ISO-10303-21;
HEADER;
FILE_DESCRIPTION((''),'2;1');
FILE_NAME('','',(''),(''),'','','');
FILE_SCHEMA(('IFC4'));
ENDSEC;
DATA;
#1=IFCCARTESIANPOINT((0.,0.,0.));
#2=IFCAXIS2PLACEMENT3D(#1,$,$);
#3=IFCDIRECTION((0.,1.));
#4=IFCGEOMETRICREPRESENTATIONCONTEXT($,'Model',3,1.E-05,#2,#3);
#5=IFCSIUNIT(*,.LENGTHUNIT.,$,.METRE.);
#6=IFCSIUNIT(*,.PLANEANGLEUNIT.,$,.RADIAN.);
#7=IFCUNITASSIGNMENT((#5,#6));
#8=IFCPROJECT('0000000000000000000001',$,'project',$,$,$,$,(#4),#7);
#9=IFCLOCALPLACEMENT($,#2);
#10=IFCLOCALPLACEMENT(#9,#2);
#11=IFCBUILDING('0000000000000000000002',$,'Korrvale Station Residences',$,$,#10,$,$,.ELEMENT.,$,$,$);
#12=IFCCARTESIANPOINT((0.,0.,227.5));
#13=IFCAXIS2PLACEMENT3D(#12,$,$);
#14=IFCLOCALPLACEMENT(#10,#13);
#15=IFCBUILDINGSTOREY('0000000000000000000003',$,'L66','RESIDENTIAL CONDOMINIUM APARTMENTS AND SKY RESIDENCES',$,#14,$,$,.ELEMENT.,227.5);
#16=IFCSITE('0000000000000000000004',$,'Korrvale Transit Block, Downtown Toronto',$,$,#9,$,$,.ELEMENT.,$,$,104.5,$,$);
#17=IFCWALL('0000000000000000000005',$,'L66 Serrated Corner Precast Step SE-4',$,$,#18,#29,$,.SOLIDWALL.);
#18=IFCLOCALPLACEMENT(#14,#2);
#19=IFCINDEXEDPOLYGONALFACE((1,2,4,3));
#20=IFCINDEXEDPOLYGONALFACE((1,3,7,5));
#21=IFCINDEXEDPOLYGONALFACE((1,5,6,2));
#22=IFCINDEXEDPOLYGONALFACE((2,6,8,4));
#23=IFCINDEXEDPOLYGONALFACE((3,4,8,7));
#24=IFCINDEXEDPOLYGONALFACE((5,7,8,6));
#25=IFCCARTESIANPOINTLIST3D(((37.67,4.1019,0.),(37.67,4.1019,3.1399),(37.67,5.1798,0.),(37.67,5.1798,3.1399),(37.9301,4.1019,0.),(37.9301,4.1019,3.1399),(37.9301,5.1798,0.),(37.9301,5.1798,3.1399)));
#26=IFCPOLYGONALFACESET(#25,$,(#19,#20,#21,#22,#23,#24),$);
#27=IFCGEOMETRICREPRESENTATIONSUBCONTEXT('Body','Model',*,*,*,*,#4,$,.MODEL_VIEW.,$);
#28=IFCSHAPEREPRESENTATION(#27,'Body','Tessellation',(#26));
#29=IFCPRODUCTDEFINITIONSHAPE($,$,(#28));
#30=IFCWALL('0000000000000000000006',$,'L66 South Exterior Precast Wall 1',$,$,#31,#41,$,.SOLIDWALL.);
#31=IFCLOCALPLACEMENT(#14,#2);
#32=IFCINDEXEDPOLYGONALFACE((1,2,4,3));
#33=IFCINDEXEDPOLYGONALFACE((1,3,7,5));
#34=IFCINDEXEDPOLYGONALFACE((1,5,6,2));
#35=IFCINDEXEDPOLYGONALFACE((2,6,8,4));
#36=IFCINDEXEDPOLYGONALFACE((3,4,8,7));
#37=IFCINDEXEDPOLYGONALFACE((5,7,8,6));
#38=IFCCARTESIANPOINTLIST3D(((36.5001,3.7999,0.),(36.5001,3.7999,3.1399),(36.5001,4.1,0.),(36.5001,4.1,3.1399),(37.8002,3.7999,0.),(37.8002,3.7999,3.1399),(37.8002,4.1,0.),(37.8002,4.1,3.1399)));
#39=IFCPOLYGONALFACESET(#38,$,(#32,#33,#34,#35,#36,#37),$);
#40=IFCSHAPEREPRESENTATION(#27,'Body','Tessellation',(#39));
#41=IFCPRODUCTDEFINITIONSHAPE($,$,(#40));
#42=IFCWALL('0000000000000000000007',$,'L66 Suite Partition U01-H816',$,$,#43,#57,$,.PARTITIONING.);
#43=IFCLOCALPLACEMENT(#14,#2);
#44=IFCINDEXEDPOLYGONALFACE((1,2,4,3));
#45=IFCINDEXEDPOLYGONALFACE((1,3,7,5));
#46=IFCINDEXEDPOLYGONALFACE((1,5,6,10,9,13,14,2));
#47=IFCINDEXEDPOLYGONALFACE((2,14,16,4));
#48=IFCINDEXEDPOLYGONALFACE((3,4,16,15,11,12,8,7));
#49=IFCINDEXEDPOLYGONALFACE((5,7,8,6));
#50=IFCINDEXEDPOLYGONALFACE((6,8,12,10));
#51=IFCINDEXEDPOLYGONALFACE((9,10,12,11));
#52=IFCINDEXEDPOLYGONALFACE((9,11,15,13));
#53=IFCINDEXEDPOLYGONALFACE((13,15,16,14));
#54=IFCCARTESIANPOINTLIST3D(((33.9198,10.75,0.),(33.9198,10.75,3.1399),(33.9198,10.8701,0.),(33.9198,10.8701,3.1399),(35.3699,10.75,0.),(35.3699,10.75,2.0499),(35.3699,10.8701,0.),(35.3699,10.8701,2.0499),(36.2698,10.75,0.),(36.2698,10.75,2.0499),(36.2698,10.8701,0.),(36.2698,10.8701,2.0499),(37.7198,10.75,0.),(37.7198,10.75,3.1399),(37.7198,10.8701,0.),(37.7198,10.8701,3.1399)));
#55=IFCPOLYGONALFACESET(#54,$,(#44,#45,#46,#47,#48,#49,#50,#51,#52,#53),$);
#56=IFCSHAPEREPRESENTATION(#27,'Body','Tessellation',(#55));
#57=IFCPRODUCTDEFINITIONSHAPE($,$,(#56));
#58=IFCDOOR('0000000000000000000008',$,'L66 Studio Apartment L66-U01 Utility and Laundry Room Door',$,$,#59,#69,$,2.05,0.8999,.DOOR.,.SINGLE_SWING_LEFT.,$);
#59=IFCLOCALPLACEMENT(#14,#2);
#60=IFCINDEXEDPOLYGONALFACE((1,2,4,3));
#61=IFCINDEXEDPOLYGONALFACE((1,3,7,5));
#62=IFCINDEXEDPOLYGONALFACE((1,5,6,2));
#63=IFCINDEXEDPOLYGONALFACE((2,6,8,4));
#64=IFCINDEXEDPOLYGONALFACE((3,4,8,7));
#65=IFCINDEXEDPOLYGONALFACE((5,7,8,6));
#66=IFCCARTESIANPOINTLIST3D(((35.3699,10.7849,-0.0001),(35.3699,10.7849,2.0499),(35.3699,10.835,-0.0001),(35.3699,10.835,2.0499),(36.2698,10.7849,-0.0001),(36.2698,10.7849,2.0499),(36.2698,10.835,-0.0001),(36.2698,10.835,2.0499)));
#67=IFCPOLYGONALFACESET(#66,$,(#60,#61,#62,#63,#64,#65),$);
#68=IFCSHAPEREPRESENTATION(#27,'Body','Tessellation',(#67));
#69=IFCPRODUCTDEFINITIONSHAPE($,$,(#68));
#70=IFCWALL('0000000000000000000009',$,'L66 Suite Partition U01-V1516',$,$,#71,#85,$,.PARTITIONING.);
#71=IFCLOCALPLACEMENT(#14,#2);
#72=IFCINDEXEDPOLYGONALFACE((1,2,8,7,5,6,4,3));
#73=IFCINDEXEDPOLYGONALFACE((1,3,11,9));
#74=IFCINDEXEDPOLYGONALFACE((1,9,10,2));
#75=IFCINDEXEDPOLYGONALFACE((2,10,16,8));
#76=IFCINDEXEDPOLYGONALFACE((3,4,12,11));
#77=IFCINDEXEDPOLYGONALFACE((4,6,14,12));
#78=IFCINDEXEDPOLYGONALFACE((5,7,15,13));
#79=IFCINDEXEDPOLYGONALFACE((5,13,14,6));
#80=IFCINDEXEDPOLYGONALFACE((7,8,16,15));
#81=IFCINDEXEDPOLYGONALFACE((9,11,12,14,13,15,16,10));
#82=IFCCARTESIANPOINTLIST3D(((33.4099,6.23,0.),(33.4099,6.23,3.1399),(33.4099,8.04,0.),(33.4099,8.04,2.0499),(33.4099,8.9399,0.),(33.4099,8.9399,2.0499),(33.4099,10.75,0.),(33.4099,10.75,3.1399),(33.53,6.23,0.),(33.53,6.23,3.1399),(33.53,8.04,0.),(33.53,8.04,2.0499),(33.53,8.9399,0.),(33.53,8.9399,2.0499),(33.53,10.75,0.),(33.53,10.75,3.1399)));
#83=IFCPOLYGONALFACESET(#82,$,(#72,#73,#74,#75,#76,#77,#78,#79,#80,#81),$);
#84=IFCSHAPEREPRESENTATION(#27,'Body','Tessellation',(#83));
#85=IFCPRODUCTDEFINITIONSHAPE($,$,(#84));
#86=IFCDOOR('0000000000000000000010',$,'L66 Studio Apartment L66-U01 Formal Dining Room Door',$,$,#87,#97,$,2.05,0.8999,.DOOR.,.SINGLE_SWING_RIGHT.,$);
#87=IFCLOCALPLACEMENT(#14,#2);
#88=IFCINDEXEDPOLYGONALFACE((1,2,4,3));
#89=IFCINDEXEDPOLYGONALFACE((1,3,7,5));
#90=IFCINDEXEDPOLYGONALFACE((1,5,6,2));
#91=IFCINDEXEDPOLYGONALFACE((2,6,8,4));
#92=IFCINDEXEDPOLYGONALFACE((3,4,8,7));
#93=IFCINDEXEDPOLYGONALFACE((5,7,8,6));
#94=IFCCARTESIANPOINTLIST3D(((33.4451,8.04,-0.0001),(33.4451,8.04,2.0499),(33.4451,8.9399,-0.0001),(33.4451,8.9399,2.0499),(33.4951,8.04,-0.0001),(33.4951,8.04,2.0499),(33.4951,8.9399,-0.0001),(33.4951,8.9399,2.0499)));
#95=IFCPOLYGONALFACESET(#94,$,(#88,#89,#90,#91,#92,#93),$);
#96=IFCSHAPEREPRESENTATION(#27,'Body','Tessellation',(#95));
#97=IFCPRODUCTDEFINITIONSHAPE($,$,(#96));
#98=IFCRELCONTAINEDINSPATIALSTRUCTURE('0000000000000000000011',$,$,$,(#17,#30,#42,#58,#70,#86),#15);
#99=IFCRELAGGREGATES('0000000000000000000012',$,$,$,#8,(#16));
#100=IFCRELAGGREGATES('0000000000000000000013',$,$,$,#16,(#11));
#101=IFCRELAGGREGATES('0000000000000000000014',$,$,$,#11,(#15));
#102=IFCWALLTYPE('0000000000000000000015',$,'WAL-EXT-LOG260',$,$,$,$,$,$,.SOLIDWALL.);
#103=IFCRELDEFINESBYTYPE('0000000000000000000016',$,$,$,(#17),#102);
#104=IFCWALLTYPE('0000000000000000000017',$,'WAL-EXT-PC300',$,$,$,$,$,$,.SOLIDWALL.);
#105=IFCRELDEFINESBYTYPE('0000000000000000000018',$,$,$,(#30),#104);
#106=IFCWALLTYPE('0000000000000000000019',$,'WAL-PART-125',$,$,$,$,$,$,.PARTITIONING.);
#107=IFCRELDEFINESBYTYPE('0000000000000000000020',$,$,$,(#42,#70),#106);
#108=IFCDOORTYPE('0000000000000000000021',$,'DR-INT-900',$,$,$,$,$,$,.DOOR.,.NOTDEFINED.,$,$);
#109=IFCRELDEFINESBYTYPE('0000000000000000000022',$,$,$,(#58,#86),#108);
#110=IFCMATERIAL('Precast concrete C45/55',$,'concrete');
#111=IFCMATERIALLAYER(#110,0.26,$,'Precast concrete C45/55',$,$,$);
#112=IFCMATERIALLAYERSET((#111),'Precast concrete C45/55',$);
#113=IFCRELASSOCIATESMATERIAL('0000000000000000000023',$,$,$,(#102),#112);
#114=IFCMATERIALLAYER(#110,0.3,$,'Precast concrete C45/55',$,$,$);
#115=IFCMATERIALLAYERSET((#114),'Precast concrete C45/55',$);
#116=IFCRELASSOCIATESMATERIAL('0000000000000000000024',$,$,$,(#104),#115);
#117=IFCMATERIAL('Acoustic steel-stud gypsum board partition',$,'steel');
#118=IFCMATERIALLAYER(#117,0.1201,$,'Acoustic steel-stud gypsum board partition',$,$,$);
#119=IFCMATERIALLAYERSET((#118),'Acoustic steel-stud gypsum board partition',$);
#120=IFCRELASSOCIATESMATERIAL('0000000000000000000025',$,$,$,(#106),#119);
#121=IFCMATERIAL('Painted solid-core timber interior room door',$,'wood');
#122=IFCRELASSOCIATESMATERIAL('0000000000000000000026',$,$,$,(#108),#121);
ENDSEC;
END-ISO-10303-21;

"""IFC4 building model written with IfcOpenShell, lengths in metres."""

from ifc_helpers import new_model, si_unit, direction, frame, frame_2d, origin, place, context, subcontext, project, spatial, rectangle, extrude, material, layer, layer_set, type_object, element, fill, save


model = new_model("IFC4")

# Units and contexts
model_context = context("Model", 3, precision=1e-05, world=origin(), true_north=direction((0.0, 1.0)))
body_context = subcontext(model_context, "Body", "Model", "MODEL_VIEW")
ifc_project = project(units=[si_unit("LENGTHUNIT", "METRE"), si_unit("PLANEANGLEUNIT", "RADIAN")], contexts=[model_context])

# Site, building, storey
site_placement = place(None, origin())
site = spatial("IfcSite", under=ifc_project, at=site_placement, Name="Korrvale Transit Block, Downtown Toronto", CompositionType="ELEMENT", RefElevation=104.5)
building_placement = place(site_placement, origin())
building = spatial("IfcBuilding", under=site, at=building_placement, Name="Korrvale Station Residences", CompositionType="ELEMENT")
storey_placement = place(building_placement, frame((0.0, 0.0, 227.5)))
storey = spatial("IfcBuildingStorey", under=building, at=storey_placement, Name="L66", Description="RESIDENTIAL CONDOMINIUM APARTMENTS AND SKY RESIDENCES", CompositionType="ELEMENT", Elevation=227.5)

# Shared definitions
ifc_material_1 = material(Name="Precast concrete C45/55", Category="concrete")
ifc_layer_1 = layer(ifc_material_1, 0.26, Name="Precast concrete C45/55")
ifc_layer_set_1 = layer_set([ifc_layer_1], Name="Precast concrete C45/55")
wall_type_1 = type_object("IfcWallType", Name="WAL-EXT-LOG260", PredefinedType="SOLIDWALL", material=ifc_layer_set_1)

# Walls
wall_1_placement = place(storey_placement, frame((37.8, 5.1799, 0.0), z_axis=(0.0, 0.0, 1.0), x_axis=(0.0, -1.0, 0.0)))
element("IfcWall", 1, at=wall_1_placement, inside=storey, type_object=wall_type_1, Name="L66 Serrated Corner Precast Step SE-4", PredefinedType="SOLIDWALL", context=body_context, shape_type="SweptSolid", body=[
    extrude(rectangle(XDim=1.0779, YDim=0.26, at=frame_2d((0.5391, 0.0))), origin(), (0.0, 0.0, 1.0), 3.1399),
])
ifc_layer_2 = layer(ifc_material_1, 0.3, Name="Precast concrete C45/55")
ifc_layer_set_2 = layer_set([ifc_layer_2], Name="Precast concrete C45/55")
wall_type_2 = type_object("IfcWallType", Name="WAL-EXT-PC300", PredefinedType="SOLIDWALL", material=ifc_layer_set_2)
wall_2_placement = place(storey_placement, frame((37.8, 3.95, 0.0), z_axis=(0.0, 0.0, 1.0), x_axis=(-1.0, 0.0, 0.0)))
element("IfcWall", 2, at=wall_2_placement, inside=storey, type_object=wall_type_2, Name="L66 South Exterior Precast Wall 1", PredefinedType="SOLIDWALL", context=body_context, shape_type="SweptSolid", body=[
    extrude(rectangle(XDim=1.3, YDim=0.3, at=frame_2d((0.6499, 0.0))), origin(), (0.0, 0.0, 1.0), 3.1399),
])

# Walls, openings, doors
ifc_material_2 = material(Name="Acoustic steel-stud gypsum board partition", Category="steel")
ifc_layer_3 = layer(ifc_material_2, 0.1201, Name="Acoustic steel-stud gypsum board partition")
ifc_layer_set_3 = layer_set([ifc_layer_3], Name="Acoustic steel-stud gypsum board partition")
wall_type_3 = type_object("IfcWallType", Name="WAL-PART-125", PredefinedType="PARTITIONING", material=ifc_layer_set_3)
wall_3_placement = place(storey_placement, frame((33.9199, 10.8101, 0.0), z_axis=(0.0, 0.0, 1.0), x_axis=(1.0, 0.0, 0.0)))
wall_3 = element("IfcWall", 3, at=wall_3_placement, inside=storey, type_object=wall_type_3, Name="L66 Suite Partition U01-H816", PredefinedType="PARTITIONING", context=body_context, shape_type="SweptSolid", body=[
    extrude(rectangle(XDim=3.8, YDim=0.1201, at=frame_2d((1.8999, 0.0))), origin(), (0.0, 0.0, 1.0), 3.1399),
])
opening_1_placement = place(wall_3_placement, frame((1.45, 0.0, 0.0)))
opening_1 = element("IfcOpeningElement", 4, at=opening_1_placement, cuts=wall_3, PredefinedType="OPENING", context=body_context, shape_type="SweptSolid", body=[
    extrude(rectangle(XDim=0.8999, YDim=2.05, at=frame_2d((0.45, 1.0249))), frame((0.0, 0.0701, 0.0), z_axis=(0.0, -1.0, 0.0), x_axis=(1.0, 0.0, 0.0)), (0.0, 0.0, 1.0), 0.1401),
])
ifc_material_3 = material(Name="Painted solid-core timber interior room door", Category="wood")
door_type_1 = type_object("IfcDoorType", Name="DR-INT-900", OperationType="NOTDEFINED", PredefinedType="DOOR", material=ifc_material_3)
door_1_placement = place(opening_1_placement, origin())
door_1 = element("IfcDoor", 5, at=door_1_placement, inside=storey, type_object=door_type_1, Name="L66 Studio Apartment L66-U01 Utility and Laundry Room Door", OperationType="SINGLE_SWING_LEFT", OverallHeight=2.05, OverallWidth=0.8999, PredefinedType="DOOR", context=body_context, shape_type="SweptSolid", body=[
    extrude(rectangle(XDim=0.8999, YDim=2.05, at=frame_2d((0.45, 1.0249))), frame((0.0, 0.0249, 0.0), z_axis=(0.0, -1.0, 0.0), x_axis=(1.0, 0.0, 0.0)), (0.0, 0.0, 1.0), 0.05),
])
fill(opening_1, door_1)
wall_4_placement = place(storey_placement, frame((33.47, 6.23, 0.0), z_axis=(0.0, 0.0, 1.0), x_axis=(0.0, 1.0, 0.0)))
wall_4 = element("IfcWall", 6, at=wall_4_placement, inside=storey, type_object=wall_type_3, Name="L66 Suite Partition U01-V1516", PredefinedType="PARTITIONING", context=body_context, shape_type="SweptSolid", body=[
    extrude(rectangle(XDim=4.52, YDim=0.1201, at=frame_2d((2.26, 0.0))), origin(), (0.0, 0.0, 1.0), 3.1399),
])
opening_2_placement = place(wall_4_placement, frame((1.8101, 0.0, 0.0)))
opening_2 = element("IfcOpeningElement", 7, at=opening_2_placement, cuts=wall_4, PredefinedType="OPENING", context=body_context, shape_type="SweptSolid", body=[
    extrude(rectangle(XDim=0.8999, YDim=2.05, at=frame_2d((0.45, 1.0249))), frame((0.0, 0.0701, 0.0), z_axis=(0.0, -1.0, 0.0), x_axis=(1.0, 0.0, 0.0)), (0.0, 0.0, 1.0), 0.1401),
])
door_2_placement = place(opening_2_placement, origin())
door_2 = element("IfcDoor", 8, at=door_2_placement, inside=storey, type_object=door_type_1, Name="L66 Studio Apartment L66-U01 Formal Dining Room Door", OperationType="SINGLE_SWING_RIGHT", OverallHeight=2.05, OverallWidth=0.8999, PredefinedType="DOOR", context=body_context, shape_type="SweptSolid", body=[
    extrude(rectangle(XDim=0.8999, YDim=2.05, at=frame_2d((0.45, 1.0249))), frame((0.0, 0.0249, 0.0), z_axis=(0.0, -1.0, 0.0), x_axis=(1.0, 0.0, 0.0)), (0.0, 0.0, 1.0), 0.05),
])
fill(opening_2, door_2)

save(model, "model.ifc")
